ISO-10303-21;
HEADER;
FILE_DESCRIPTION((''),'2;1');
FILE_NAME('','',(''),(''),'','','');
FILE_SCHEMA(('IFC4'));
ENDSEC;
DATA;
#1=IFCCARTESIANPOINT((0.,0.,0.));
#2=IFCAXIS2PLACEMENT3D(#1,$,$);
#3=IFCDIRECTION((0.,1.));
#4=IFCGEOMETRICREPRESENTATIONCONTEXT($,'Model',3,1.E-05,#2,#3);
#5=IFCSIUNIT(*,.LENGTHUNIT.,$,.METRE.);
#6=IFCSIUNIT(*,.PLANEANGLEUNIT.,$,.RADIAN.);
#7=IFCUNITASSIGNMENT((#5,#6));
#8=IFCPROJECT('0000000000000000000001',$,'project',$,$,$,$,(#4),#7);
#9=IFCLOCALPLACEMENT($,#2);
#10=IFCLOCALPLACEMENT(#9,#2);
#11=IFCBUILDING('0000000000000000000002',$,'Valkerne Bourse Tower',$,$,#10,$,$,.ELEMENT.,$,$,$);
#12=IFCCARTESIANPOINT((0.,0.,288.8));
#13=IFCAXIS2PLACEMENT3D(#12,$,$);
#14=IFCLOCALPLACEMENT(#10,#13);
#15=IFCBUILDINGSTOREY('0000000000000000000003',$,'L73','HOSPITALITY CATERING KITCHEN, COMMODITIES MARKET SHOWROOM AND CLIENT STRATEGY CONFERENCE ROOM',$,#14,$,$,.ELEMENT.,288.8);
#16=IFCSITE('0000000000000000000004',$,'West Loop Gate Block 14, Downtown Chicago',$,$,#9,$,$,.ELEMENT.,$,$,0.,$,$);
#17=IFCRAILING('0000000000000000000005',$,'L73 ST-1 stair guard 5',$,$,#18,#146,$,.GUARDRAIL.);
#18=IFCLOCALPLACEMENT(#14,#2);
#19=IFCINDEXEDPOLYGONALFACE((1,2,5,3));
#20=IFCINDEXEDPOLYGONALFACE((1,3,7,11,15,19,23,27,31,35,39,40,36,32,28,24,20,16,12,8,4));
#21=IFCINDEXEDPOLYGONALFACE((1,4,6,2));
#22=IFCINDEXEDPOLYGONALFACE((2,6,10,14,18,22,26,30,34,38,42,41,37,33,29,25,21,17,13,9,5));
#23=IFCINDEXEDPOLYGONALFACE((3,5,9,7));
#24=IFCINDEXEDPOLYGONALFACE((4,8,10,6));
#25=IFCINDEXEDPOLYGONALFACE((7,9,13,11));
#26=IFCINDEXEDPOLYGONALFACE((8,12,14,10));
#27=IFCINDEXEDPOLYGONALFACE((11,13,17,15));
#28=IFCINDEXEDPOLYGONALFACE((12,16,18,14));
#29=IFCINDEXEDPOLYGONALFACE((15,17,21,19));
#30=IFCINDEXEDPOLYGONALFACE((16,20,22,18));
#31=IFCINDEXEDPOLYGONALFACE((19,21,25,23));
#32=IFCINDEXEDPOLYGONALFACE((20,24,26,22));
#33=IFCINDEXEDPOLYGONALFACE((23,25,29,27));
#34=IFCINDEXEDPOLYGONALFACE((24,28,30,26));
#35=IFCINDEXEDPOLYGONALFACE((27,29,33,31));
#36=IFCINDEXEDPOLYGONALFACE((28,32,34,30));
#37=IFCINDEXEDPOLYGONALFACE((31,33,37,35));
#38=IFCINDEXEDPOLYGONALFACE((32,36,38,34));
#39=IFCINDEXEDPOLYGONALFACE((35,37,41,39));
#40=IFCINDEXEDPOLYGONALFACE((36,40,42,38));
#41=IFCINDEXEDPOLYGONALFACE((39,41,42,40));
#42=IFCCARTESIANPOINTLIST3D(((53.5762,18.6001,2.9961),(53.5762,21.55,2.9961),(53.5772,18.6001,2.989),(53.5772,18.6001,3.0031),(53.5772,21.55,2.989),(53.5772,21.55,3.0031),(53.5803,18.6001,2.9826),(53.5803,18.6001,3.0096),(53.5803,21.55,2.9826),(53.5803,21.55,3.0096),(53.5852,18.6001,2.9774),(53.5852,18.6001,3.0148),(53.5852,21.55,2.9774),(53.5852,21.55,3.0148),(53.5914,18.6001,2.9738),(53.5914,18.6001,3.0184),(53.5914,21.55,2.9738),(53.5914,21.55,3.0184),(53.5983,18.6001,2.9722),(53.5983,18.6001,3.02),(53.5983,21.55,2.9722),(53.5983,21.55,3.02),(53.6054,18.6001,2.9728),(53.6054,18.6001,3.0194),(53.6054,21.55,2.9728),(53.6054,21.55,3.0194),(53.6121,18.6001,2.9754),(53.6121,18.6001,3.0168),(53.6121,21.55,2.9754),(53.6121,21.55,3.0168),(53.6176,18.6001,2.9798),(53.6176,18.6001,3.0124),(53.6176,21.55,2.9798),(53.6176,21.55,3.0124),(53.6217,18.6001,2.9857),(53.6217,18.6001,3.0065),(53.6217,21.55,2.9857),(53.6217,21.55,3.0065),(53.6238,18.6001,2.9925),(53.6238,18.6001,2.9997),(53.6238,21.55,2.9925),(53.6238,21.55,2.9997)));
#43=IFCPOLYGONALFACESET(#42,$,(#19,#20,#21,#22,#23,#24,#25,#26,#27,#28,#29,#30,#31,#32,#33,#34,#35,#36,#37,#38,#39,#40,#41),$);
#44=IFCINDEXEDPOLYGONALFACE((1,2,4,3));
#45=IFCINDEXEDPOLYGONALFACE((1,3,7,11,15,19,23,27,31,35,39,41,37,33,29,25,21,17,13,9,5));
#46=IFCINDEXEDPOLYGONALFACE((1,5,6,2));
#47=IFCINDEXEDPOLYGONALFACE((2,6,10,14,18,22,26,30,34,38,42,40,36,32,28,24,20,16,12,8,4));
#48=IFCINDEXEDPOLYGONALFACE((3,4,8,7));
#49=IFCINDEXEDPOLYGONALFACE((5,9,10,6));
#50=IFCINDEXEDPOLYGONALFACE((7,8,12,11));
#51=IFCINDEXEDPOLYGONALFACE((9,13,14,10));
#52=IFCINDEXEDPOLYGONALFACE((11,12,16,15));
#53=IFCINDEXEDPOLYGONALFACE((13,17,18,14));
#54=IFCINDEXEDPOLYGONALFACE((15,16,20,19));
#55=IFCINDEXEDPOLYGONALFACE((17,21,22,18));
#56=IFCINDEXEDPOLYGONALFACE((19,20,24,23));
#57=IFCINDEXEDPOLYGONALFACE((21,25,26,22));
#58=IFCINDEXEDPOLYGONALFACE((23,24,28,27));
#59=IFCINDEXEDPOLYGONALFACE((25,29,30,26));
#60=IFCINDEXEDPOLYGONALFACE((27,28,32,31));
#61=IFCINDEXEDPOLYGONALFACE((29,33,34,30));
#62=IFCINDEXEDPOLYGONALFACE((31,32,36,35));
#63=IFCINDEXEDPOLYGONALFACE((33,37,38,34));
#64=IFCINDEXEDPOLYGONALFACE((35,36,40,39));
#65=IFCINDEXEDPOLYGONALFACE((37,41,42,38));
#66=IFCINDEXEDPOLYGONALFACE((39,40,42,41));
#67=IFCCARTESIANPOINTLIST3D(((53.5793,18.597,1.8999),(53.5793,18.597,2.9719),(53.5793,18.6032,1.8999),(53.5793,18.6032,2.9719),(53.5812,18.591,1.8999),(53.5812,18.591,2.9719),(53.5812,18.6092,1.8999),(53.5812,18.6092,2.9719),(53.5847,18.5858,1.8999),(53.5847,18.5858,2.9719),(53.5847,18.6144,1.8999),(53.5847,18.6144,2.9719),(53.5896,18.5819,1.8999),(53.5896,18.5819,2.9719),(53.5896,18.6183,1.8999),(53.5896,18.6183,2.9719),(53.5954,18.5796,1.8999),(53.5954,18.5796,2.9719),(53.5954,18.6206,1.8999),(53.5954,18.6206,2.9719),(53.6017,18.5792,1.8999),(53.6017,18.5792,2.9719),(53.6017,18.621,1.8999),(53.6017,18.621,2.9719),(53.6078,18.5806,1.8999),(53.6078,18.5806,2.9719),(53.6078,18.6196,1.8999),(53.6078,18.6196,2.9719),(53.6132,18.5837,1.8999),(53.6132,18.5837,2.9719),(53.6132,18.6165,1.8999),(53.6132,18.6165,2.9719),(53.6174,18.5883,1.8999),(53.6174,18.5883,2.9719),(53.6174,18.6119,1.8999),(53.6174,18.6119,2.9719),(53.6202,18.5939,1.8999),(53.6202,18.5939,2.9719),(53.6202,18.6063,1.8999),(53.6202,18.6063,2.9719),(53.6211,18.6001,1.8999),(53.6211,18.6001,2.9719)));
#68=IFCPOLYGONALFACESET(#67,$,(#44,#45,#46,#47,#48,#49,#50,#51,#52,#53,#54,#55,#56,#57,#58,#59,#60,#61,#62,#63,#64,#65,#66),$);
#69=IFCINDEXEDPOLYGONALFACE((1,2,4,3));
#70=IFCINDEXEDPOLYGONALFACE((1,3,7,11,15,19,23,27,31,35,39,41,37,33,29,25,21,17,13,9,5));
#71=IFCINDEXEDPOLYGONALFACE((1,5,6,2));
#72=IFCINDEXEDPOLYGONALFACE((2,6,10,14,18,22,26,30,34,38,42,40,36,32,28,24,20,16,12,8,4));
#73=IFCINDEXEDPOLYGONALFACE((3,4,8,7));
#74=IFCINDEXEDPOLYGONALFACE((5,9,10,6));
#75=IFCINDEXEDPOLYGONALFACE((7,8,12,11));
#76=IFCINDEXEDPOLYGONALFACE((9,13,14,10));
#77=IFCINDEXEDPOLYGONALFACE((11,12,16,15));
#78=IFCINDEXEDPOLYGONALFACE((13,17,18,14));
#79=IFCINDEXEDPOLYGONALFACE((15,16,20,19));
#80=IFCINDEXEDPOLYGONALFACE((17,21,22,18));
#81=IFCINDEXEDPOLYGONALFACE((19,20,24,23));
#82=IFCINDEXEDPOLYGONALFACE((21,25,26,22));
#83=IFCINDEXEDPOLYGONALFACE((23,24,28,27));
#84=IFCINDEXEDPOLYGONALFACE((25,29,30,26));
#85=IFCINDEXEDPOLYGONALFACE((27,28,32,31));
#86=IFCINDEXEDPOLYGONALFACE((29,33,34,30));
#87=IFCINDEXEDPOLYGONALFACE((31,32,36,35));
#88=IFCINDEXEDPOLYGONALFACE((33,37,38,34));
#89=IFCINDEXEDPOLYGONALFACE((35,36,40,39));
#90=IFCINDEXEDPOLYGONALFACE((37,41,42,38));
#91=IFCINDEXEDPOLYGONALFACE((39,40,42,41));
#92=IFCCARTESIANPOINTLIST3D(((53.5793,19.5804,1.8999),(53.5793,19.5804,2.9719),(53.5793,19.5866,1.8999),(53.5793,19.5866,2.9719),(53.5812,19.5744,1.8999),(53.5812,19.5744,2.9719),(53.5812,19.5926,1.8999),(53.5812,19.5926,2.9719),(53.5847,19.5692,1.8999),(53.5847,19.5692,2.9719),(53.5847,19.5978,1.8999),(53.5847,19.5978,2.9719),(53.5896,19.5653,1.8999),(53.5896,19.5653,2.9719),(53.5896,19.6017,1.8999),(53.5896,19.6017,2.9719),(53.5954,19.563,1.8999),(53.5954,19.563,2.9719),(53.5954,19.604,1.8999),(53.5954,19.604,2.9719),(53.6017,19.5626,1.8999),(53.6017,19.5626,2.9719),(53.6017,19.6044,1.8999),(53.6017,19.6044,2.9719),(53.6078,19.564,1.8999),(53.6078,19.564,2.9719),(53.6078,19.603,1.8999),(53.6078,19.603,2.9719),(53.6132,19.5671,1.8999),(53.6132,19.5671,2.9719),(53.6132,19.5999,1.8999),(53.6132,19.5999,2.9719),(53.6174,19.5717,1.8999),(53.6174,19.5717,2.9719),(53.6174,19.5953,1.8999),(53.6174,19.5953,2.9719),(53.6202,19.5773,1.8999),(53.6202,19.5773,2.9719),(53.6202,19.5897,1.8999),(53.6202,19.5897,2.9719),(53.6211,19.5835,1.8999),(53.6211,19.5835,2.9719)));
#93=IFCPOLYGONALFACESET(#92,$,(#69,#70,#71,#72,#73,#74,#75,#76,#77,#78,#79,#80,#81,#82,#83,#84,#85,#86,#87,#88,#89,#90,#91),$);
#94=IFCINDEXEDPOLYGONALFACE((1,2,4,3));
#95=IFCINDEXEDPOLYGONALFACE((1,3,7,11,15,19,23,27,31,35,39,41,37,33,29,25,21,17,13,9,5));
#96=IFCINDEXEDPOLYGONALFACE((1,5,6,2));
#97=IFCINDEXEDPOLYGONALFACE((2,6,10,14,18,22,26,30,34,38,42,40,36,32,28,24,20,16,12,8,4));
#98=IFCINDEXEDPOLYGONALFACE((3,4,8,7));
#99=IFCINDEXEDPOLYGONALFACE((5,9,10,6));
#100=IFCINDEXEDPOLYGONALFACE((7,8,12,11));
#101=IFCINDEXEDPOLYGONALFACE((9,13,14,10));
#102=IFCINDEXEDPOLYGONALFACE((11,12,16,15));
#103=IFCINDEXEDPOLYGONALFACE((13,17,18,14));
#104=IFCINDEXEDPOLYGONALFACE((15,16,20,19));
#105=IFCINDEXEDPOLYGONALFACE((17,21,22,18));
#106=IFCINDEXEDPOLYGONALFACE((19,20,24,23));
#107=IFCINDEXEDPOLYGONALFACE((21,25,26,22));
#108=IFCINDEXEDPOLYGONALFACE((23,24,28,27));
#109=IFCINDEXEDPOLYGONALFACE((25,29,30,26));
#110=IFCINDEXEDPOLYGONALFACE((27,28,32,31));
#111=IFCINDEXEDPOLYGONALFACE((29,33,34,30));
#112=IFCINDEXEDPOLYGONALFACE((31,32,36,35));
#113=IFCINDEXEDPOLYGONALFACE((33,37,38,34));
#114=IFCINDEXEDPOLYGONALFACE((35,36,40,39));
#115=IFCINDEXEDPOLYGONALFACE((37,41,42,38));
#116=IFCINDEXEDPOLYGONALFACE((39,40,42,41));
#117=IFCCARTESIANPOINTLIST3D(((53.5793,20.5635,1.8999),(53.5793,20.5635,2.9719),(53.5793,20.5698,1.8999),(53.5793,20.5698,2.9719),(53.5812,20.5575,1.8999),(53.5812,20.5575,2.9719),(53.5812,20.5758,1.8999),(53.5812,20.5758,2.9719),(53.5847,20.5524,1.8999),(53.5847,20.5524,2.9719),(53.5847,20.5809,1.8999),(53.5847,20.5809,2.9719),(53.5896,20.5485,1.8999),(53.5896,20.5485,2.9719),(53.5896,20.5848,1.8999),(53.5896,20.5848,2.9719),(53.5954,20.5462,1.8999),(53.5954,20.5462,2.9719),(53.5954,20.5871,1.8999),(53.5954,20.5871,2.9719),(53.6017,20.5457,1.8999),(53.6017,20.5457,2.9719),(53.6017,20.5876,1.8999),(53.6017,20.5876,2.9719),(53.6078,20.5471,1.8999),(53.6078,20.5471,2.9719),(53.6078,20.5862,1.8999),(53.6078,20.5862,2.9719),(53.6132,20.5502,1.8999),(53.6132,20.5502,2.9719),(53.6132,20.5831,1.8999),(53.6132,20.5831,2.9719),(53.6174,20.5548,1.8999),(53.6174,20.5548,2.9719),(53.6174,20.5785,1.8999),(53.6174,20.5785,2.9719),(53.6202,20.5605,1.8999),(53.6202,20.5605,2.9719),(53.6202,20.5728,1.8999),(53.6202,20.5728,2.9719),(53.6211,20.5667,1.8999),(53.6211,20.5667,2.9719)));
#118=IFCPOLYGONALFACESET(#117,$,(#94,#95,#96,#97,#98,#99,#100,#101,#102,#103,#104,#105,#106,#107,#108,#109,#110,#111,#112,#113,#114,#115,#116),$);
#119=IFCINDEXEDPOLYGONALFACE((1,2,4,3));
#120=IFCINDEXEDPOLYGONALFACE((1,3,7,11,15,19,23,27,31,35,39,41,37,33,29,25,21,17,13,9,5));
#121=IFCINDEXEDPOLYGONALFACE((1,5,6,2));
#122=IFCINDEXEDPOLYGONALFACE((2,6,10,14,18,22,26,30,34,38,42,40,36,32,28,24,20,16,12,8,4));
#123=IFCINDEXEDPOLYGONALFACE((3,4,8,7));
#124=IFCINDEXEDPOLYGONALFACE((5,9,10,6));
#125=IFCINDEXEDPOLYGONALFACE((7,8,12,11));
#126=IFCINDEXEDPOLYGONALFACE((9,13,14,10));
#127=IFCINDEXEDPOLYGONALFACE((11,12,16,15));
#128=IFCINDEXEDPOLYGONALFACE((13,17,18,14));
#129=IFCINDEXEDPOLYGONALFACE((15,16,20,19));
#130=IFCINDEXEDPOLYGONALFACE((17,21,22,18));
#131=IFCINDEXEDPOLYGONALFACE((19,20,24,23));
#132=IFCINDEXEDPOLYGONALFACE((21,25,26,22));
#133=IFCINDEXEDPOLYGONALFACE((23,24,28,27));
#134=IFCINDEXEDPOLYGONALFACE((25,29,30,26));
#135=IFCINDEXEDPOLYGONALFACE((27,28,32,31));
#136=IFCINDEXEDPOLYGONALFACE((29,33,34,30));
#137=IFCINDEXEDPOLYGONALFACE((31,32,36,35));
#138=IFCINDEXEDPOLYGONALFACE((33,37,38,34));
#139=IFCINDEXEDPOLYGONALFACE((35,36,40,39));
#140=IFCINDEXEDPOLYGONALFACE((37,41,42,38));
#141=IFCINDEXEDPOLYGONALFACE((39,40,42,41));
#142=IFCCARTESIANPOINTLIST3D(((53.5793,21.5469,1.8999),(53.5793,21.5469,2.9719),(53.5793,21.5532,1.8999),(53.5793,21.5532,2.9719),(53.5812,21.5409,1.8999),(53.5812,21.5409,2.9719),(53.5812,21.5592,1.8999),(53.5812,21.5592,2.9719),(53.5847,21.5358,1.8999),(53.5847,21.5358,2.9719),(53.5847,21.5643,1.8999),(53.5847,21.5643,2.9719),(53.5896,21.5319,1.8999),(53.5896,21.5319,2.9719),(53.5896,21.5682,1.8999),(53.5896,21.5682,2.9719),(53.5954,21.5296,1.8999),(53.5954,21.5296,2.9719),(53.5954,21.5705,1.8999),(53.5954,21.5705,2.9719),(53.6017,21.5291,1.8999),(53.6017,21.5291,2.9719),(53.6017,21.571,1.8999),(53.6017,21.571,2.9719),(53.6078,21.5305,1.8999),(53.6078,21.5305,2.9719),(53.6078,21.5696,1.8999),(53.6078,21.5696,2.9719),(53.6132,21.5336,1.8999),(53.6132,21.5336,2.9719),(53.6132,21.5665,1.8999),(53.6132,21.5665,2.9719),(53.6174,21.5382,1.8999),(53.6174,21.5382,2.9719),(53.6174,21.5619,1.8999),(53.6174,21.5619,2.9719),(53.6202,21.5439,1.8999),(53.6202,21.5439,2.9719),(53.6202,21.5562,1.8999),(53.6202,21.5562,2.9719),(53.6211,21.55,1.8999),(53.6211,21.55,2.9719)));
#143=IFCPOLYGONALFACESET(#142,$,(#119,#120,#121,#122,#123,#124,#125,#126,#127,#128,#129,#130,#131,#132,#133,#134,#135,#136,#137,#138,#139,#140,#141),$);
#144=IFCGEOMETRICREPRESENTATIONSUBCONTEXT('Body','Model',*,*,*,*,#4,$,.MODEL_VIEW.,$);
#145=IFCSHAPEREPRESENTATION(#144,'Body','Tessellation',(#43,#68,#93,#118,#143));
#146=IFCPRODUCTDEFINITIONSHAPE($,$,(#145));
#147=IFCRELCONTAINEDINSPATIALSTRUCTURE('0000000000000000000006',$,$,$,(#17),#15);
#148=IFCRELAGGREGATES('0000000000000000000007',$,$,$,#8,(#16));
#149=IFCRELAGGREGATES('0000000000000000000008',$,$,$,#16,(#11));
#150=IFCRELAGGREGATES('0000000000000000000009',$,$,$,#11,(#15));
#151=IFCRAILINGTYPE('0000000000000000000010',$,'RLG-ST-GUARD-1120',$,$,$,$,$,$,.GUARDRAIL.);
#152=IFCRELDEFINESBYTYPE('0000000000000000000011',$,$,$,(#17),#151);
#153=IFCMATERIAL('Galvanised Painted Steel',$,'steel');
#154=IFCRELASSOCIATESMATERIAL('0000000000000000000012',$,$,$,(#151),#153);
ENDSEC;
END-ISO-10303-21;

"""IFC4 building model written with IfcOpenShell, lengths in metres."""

from ifc_helpers import new_model, si_unit, direction, frame, origin, origin_2d, place, context, subcontext, project, spatial, circle, extrude, material, type_object, element, save


model = new_model("IFC4")

# Units and contexts
model_context = context("Model", 3, precision=1e-05, world=origin(), true_north=direction((0.0, 1.0)))
body_context = subcontext(model_context, "Body", "Model", "MODEL_VIEW")
ifc_project = project(units=[si_unit("LENGTHUNIT", "METRE"), si_unit("PLANEANGLEUNIT", "RADIAN")], contexts=[model_context])

# Site, building, storey
site_placement = place(None, origin())
site = spatial("IfcSite", under=ifc_project, at=site_placement, Name="West Loop Gate Block 14, Downtown Chicago", CompositionType="ELEMENT", RefElevation=0.0)
building_placement = place(site_placement, origin())
building = spatial("IfcBuilding", under=site, at=building_placement, Name="Valkerne Bourse Tower", CompositionType="ELEMENT")
storey_placement = place(building_placement, frame((0.0, 0.0, 288.8)))
storey = spatial("IfcBuildingStorey", under=building, at=storey_placement, Name="L73", Description="HOSPITALITY CATERING KITCHEN, COMMODITIES MARKET SHOWROOM AND CLIENT STRATEGY CONFERENCE ROOM", CompositionType="ELEMENT", Elevation=288.8)

# Railing
ifc_material_1 = material(Name="Galvanised Painted Steel", Category="steel")
railing_type = type_object("IfcRailingType", Name="RLG-ST-GUARD-1120", PredefinedType="GUARDRAIL", material=ifc_material_1)
railing_1_placement = place(storey_placement, frame((53.6001, 18.6001, 1.8999)))
element("IfcRailing", 1, at=railing_1_placement, inside=storey, type_object=railing_type, Name="L73 ST-1 stair guard 5", PredefinedType="GUARDRAIL", context=body_context, shape_type="SweptSolid", body=[
    extrude(circle(Radius=0.0239, at=origin_2d()), frame((0.0, 0.0, 1.0962), z_axis=(0.0, 1.0, 0.0), x_axis=(-1.0, 0.0, 0.0)), (0.0, 0.0, 1.0), 2.95),
    extrude(circle(Radius=0.021, at=origin_2d()), origin(), (0.0, 0.0, 1.0), 1.072),
    extrude(circle(Radius=0.021, at=origin_2d()), frame((0.0, 0.9834, 0.0)), (0.0, 0.0, 1.0), 1.072),
    extrude(circle(Radius=0.021, at=origin_2d()), frame((0.0, 1.9666, 0.0)), (0.0, 0.0, 1.0), 1.072),
    extrude(circle(Radius=0.021, at=origin_2d()), frame((0.0, 2.95, 0.0)), (0.0, 0.0, 1.0), 1.072),
])

save(model, "model.ifc")
